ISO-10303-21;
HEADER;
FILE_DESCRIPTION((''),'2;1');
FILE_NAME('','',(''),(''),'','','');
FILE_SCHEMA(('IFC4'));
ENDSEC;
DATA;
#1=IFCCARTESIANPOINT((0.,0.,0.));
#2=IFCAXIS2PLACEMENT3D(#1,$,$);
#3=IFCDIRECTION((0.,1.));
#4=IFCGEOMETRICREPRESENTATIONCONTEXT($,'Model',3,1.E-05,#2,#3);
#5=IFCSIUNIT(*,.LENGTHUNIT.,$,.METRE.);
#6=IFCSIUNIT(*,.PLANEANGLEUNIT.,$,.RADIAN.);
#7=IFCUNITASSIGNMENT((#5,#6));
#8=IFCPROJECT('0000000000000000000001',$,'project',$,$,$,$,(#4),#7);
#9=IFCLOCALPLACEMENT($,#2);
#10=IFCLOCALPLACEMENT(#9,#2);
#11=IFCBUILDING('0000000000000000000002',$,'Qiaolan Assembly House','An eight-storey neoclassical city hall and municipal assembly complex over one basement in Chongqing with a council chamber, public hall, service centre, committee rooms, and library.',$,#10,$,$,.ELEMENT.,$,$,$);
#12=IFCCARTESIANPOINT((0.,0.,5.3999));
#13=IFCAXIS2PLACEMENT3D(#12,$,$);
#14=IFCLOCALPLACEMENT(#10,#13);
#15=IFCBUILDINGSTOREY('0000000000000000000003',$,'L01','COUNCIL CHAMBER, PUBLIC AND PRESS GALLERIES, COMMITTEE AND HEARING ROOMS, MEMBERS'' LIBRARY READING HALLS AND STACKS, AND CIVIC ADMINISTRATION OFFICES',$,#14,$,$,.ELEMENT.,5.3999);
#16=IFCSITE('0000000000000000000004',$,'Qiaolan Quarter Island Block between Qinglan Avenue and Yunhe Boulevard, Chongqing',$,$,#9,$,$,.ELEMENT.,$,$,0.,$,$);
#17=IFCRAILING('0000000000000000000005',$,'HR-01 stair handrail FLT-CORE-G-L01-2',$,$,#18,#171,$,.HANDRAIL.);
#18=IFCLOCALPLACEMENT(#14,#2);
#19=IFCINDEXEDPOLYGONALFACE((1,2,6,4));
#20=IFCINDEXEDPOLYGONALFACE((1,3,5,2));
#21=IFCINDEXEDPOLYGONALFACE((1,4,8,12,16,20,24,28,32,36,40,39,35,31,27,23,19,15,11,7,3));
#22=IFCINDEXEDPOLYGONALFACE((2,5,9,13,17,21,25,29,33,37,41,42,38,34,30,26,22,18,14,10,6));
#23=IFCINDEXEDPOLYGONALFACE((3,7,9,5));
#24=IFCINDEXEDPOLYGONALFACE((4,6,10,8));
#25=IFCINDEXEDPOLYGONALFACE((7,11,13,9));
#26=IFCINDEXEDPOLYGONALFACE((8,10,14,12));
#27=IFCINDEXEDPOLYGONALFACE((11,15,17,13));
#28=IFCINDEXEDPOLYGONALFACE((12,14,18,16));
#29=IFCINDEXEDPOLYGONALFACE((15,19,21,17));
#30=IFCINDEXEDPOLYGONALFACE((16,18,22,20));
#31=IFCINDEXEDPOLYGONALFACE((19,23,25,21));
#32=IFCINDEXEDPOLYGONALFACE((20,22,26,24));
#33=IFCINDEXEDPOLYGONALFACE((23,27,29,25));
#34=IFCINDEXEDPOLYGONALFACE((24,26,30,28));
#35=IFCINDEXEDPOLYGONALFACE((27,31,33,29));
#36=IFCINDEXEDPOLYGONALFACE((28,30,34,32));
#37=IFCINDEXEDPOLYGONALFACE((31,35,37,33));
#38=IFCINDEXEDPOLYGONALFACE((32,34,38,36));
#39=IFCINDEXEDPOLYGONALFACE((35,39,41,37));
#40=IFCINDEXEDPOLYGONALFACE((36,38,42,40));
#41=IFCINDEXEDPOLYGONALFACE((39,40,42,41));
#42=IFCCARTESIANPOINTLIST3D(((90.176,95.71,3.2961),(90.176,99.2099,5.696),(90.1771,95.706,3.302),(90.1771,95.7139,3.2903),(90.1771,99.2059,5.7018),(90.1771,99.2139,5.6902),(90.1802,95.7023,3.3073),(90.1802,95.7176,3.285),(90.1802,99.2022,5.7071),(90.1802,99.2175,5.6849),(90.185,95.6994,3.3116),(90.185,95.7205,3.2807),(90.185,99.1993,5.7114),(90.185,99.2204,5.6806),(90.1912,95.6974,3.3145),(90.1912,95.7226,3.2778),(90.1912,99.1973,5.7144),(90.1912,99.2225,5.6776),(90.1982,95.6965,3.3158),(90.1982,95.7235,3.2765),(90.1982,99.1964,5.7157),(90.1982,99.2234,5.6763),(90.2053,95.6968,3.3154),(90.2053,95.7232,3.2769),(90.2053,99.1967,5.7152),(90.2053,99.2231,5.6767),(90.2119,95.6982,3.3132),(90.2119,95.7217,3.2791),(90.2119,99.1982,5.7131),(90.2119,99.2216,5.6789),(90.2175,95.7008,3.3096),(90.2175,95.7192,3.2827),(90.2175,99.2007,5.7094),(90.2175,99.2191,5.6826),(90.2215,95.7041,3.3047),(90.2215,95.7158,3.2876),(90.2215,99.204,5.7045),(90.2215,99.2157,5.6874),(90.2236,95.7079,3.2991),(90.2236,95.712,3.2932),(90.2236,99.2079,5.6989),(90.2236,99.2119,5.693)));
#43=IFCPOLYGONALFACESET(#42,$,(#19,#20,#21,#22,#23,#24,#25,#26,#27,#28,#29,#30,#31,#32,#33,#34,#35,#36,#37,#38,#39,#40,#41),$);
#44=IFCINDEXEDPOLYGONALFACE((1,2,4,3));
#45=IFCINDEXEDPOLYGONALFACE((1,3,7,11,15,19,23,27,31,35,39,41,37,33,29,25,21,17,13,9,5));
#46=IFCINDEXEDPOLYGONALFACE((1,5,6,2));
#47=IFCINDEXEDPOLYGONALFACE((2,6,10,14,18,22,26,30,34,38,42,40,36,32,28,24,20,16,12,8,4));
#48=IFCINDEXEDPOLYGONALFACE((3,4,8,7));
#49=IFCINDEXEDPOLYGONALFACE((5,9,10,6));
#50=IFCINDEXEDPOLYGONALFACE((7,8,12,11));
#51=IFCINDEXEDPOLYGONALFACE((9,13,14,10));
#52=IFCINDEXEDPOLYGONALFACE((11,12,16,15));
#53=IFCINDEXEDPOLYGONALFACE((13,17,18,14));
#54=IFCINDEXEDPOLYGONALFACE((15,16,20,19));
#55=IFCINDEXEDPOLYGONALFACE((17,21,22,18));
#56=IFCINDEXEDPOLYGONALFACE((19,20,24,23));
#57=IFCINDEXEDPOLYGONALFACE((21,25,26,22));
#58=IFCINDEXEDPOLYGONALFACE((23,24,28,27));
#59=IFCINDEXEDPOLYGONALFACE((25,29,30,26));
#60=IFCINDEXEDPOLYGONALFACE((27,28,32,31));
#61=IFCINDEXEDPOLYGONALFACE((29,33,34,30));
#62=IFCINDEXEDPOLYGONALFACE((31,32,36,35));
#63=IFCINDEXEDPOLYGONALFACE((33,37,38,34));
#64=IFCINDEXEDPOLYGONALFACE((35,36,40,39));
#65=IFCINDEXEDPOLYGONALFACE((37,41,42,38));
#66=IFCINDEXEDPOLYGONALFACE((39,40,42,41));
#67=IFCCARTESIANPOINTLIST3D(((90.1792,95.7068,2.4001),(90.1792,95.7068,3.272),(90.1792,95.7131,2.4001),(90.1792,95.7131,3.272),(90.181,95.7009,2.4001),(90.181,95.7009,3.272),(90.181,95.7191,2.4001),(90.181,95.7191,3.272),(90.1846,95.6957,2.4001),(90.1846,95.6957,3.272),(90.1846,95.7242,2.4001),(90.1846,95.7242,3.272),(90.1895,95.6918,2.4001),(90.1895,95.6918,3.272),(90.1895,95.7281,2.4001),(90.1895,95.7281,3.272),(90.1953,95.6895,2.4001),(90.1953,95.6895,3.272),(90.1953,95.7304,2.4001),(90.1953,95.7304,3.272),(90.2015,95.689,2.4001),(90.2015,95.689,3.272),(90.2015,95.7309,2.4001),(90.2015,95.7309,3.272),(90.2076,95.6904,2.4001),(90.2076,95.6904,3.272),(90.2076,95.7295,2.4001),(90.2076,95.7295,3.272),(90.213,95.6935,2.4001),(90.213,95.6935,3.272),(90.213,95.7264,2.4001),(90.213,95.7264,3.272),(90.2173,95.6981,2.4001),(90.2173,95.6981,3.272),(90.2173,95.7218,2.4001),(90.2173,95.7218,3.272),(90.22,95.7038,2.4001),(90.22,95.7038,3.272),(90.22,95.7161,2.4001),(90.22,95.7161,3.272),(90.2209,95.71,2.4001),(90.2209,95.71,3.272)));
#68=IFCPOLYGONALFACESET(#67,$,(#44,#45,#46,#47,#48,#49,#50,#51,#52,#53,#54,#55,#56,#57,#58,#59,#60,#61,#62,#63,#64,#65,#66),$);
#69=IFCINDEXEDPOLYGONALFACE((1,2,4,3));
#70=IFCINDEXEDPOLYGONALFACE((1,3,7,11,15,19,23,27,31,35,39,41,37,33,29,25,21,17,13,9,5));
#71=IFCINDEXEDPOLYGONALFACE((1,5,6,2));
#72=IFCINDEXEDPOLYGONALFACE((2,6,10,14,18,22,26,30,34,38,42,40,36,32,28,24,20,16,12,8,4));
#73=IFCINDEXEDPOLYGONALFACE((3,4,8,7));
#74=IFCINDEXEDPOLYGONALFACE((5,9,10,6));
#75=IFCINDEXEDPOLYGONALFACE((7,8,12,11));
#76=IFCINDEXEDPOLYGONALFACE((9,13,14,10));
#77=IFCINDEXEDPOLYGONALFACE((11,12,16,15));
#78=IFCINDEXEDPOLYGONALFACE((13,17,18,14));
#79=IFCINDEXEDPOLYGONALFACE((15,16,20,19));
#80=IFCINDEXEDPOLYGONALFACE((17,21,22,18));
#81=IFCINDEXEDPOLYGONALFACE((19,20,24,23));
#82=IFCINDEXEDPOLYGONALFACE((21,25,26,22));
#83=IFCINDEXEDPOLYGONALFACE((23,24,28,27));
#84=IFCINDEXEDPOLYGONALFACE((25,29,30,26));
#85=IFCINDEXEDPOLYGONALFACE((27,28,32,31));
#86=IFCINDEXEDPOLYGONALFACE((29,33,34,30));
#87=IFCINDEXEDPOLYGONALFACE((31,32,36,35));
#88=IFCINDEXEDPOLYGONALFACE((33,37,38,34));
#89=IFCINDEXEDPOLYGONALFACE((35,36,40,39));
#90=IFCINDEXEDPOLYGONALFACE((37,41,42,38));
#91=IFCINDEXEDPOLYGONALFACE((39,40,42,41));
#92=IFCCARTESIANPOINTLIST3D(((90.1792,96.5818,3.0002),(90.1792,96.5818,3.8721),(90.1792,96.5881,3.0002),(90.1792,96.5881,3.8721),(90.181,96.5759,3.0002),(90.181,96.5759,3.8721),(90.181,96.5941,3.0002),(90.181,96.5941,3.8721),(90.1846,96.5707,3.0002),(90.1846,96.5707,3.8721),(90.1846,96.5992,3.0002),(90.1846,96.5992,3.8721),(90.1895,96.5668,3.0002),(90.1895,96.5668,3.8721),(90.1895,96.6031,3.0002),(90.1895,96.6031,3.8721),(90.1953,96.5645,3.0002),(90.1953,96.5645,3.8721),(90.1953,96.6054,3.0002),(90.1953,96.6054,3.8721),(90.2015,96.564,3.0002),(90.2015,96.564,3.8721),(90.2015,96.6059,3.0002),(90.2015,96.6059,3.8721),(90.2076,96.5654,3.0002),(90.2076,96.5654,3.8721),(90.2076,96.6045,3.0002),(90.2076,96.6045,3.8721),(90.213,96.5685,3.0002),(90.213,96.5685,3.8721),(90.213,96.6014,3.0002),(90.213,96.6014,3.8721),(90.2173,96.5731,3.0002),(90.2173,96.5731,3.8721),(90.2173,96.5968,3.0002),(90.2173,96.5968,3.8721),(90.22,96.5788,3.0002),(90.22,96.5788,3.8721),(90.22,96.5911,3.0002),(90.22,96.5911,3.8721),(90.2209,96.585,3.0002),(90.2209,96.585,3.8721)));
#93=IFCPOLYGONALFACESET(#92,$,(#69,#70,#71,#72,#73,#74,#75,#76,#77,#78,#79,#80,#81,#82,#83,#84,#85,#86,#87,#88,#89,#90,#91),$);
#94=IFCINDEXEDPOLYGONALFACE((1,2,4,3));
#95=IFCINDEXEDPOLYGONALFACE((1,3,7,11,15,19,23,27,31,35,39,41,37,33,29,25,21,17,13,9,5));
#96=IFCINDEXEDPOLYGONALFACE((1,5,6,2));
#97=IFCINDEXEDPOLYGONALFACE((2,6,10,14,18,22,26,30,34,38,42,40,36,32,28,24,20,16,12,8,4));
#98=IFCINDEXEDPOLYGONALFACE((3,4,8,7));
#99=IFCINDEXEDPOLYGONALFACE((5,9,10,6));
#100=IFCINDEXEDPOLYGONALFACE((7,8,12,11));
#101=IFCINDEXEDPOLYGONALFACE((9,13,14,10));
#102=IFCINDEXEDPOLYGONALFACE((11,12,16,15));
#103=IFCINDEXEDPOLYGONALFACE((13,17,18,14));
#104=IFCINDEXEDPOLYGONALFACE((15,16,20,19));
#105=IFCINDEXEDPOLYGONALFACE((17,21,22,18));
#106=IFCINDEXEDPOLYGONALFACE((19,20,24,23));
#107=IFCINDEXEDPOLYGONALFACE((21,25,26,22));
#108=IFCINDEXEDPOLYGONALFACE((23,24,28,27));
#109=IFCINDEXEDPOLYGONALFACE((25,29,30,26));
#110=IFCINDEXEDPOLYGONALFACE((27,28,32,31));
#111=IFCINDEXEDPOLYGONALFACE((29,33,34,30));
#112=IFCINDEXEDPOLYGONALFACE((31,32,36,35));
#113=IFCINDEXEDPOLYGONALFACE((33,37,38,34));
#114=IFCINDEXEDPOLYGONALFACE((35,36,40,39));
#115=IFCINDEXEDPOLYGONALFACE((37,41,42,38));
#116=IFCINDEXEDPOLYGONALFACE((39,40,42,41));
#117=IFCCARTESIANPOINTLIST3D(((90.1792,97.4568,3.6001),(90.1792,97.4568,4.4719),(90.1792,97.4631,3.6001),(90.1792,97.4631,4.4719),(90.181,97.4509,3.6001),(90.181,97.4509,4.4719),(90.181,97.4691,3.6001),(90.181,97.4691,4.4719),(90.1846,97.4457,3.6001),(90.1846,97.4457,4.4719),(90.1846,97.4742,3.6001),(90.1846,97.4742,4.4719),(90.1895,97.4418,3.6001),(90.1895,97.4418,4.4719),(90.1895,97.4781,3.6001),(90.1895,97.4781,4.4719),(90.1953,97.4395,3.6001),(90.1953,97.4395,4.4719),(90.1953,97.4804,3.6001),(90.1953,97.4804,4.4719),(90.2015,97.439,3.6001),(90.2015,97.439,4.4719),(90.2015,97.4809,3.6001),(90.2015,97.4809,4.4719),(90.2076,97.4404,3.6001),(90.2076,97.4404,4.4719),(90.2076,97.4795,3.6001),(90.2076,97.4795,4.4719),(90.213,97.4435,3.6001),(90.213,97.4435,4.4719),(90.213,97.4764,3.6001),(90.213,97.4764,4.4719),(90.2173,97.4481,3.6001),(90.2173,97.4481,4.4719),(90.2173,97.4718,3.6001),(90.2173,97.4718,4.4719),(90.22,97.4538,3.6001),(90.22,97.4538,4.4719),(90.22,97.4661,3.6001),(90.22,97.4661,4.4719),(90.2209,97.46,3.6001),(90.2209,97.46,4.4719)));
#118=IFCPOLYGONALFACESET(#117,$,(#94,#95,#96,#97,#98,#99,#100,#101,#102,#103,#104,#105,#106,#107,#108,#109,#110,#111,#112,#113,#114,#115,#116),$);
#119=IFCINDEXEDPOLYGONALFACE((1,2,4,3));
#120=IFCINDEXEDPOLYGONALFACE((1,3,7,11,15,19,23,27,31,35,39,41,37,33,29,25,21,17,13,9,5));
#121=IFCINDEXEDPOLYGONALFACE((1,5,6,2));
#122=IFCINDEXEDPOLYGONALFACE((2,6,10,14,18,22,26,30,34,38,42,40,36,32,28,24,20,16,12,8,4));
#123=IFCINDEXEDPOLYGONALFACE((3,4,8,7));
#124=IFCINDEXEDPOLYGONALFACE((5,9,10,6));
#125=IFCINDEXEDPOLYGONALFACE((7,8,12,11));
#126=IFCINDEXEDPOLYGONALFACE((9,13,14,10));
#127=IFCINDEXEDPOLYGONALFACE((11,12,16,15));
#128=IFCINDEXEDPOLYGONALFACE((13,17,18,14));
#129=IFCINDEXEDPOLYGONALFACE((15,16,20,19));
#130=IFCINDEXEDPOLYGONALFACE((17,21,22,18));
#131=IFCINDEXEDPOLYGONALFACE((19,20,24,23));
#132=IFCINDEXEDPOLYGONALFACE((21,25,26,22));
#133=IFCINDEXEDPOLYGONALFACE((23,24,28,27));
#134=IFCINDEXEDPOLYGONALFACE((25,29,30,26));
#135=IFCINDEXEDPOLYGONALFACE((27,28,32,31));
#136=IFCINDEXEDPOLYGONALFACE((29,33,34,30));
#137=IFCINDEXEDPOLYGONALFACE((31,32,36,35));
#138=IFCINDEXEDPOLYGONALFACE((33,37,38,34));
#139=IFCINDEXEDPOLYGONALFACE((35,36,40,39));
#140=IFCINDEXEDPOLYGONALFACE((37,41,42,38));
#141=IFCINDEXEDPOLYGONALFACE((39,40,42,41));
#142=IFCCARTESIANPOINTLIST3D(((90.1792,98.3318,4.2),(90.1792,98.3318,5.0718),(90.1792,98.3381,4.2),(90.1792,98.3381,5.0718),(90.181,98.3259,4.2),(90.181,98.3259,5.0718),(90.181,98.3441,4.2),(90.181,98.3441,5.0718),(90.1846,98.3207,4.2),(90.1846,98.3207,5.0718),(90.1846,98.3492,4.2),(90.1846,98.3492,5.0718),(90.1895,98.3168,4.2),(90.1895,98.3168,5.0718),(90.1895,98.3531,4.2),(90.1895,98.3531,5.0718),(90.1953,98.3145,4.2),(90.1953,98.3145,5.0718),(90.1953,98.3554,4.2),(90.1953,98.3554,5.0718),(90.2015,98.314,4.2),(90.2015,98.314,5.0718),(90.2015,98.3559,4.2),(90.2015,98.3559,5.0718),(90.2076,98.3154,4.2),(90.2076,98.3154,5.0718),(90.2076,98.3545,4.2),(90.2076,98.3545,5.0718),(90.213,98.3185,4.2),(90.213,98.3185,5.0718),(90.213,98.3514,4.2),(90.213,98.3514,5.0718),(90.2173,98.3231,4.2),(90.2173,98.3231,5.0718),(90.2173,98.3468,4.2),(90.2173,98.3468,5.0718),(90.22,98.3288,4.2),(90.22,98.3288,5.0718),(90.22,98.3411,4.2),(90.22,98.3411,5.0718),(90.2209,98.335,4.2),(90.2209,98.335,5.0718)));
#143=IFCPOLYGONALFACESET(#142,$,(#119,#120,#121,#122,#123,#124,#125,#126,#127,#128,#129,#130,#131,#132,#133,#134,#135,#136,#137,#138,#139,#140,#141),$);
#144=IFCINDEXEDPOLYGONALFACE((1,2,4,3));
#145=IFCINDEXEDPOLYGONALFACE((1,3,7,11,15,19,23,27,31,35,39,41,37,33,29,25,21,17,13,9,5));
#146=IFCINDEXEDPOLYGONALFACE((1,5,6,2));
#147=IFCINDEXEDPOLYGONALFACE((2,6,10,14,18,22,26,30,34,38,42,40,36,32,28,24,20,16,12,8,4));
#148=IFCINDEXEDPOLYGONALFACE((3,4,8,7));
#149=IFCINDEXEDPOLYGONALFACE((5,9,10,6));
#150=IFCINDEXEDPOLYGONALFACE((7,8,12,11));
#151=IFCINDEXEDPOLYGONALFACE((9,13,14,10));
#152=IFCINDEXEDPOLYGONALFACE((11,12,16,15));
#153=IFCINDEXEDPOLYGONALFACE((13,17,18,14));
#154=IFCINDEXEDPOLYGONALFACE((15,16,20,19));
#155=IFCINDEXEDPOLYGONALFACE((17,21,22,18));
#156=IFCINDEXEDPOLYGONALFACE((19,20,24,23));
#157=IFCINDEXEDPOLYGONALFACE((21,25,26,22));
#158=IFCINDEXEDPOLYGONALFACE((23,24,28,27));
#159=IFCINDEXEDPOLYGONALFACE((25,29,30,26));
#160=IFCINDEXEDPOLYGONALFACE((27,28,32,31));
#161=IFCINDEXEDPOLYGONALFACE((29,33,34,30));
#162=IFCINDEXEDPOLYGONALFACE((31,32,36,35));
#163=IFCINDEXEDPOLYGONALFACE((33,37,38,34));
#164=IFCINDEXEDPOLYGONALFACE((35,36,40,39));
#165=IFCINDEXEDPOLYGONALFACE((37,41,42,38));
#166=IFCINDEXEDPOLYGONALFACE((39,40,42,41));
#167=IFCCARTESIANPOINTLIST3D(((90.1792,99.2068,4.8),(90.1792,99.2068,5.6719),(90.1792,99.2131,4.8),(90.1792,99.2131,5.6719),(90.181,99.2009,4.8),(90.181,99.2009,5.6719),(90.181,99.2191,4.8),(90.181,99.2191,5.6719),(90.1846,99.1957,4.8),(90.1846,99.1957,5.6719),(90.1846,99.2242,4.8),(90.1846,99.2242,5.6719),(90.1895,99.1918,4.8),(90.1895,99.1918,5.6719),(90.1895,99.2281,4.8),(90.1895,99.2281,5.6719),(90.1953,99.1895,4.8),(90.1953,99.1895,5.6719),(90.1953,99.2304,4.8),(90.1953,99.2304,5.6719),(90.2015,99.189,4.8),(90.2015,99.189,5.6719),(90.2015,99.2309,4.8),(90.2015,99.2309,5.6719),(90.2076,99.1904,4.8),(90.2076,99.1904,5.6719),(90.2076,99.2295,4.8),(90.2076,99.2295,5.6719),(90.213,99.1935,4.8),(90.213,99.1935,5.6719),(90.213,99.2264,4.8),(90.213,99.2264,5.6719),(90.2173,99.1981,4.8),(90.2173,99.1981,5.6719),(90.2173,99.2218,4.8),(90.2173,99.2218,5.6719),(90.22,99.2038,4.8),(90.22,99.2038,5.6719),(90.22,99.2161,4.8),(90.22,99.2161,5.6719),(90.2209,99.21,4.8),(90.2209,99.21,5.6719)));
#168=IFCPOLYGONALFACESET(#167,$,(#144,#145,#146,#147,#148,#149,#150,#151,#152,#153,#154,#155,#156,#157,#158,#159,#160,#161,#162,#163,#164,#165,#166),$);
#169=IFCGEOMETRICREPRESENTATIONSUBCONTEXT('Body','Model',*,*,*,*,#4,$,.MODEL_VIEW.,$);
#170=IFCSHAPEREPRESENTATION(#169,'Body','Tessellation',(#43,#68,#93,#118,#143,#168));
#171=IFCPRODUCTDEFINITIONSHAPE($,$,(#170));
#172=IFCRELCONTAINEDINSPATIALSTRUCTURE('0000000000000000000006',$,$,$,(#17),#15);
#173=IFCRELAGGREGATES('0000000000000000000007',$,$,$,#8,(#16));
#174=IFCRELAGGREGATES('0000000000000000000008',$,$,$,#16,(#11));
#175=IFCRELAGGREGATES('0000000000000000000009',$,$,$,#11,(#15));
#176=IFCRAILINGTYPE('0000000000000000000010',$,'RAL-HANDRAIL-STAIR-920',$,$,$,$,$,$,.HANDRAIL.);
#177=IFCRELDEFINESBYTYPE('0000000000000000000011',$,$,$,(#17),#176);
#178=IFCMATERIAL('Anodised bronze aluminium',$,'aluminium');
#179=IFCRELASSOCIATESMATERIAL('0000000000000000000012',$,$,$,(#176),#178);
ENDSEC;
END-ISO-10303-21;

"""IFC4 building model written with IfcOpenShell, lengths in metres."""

from ifc_helpers import new_model, si_unit, direction, frame, origin, origin_2d, place, context, subcontext, project, spatial, circle, extrude, material, type_object, element, save


model = new_model("IFC4")

# Units and contexts
model_context = context("Model", 3, precision=1e-05, world=origin(), true_north=direction((0.0, 1.0)))
body_context = subcontext(model_context, "Body", "Model", "MODEL_VIEW")
ifc_project = project(units=[si_unit("LENGTHUNIT", "METRE"), si_unit("PLANEANGLEUNIT", "RADIAN")], contexts=[model_context])

# Site, building, storey
site_placement = place(None, origin())
site = spatial("IfcSite", under=ifc_project, at=site_placement, Name="Qiaolan Quarter Island Block between Qinglan Avenue and Yunhe Boulevard, Chongqing", CompositionType="ELEMENT", RefElevation=0.0)
building_placement = place(site_placement, origin())
building = spatial("IfcBuilding", under=site, at=building_placement, Name="Qiaolan Assembly House", Description="An eight-storey neoclassical city hall and municipal assembly complex over one basement in Chongqing with a council chamber, public hall, service centre, committee rooms, and library.", CompositionType="ELEMENT")
storey_placement = place(building_placement, frame((0.0, 0.0, 5.3999)))
storey = spatial("IfcBuildingStorey", under=building, at=storey_placement, Name="L01", Description="COUNCIL CHAMBER, PUBLIC AND PRESS GALLERIES, COMMITTEE AND HEARING ROOMS, MEMBERS' LIBRARY READING HALLS AND STACKS, AND CIVIC ADMINISTRATION OFFICES", CompositionType="ELEMENT", Elevation=5.3999)

# Shared definitions
ifc_material_1 = material(Name="Anodised bronze aluminium", Category="aluminium")

# Railing
railing_type_1 = type_object("IfcRailingType", Name="RAL-HANDRAIL-STAIR-920", PredefinedType="HANDRAIL", material=ifc_material_1)
railing_1_placement = place(storey_placement, frame((90.2, 95.71, 2.4001)))
element("IfcRailing", 1, at=railing_1_placement, inside=storey, type_object=railing_type_1, Name="HR-01 stair handrail FLT-CORE-G-L01-2", PredefinedType="HANDRAIL", context=body_context, shape_type="SweptSolid", body=[
    extrude(circle(Radius=0.0239, at=origin_2d()), frame((0.0, 0.0, 0.896), z_axis=(0.0, 0.82474, 0.565513), x_axis=(-1.0, 0.0, 0.0)), (0.0, 0.0, 1.0), 4.2437),
    extrude(circle(Radius=0.021, at=origin_2d()), origin(), (0.0, 0.0, 1.0), 0.8718),
    extrude(circle(Radius=0.021, at=origin_2d()), frame((0.0, 0.875, 0.6001)), (0.0, 0.0, 1.0), 0.8718),
    extrude(circle(Radius=0.021, at=origin_2d()), frame((0.0, 1.75, 1.2)), (0.0, 0.0, 1.0), 0.8718),
    extrude(circle(Radius=0.021, at=origin_2d()), frame((0.0, 2.625, 1.7998)), (0.0, 0.0, 1.0), 0.8718),
    extrude(circle(Radius=0.021, at=origin_2d()), frame((0.0, 3.5, 2.3999)), (0.0, 0.0, 1.0), 0.8718),
])

save(model, "model.ifc")
